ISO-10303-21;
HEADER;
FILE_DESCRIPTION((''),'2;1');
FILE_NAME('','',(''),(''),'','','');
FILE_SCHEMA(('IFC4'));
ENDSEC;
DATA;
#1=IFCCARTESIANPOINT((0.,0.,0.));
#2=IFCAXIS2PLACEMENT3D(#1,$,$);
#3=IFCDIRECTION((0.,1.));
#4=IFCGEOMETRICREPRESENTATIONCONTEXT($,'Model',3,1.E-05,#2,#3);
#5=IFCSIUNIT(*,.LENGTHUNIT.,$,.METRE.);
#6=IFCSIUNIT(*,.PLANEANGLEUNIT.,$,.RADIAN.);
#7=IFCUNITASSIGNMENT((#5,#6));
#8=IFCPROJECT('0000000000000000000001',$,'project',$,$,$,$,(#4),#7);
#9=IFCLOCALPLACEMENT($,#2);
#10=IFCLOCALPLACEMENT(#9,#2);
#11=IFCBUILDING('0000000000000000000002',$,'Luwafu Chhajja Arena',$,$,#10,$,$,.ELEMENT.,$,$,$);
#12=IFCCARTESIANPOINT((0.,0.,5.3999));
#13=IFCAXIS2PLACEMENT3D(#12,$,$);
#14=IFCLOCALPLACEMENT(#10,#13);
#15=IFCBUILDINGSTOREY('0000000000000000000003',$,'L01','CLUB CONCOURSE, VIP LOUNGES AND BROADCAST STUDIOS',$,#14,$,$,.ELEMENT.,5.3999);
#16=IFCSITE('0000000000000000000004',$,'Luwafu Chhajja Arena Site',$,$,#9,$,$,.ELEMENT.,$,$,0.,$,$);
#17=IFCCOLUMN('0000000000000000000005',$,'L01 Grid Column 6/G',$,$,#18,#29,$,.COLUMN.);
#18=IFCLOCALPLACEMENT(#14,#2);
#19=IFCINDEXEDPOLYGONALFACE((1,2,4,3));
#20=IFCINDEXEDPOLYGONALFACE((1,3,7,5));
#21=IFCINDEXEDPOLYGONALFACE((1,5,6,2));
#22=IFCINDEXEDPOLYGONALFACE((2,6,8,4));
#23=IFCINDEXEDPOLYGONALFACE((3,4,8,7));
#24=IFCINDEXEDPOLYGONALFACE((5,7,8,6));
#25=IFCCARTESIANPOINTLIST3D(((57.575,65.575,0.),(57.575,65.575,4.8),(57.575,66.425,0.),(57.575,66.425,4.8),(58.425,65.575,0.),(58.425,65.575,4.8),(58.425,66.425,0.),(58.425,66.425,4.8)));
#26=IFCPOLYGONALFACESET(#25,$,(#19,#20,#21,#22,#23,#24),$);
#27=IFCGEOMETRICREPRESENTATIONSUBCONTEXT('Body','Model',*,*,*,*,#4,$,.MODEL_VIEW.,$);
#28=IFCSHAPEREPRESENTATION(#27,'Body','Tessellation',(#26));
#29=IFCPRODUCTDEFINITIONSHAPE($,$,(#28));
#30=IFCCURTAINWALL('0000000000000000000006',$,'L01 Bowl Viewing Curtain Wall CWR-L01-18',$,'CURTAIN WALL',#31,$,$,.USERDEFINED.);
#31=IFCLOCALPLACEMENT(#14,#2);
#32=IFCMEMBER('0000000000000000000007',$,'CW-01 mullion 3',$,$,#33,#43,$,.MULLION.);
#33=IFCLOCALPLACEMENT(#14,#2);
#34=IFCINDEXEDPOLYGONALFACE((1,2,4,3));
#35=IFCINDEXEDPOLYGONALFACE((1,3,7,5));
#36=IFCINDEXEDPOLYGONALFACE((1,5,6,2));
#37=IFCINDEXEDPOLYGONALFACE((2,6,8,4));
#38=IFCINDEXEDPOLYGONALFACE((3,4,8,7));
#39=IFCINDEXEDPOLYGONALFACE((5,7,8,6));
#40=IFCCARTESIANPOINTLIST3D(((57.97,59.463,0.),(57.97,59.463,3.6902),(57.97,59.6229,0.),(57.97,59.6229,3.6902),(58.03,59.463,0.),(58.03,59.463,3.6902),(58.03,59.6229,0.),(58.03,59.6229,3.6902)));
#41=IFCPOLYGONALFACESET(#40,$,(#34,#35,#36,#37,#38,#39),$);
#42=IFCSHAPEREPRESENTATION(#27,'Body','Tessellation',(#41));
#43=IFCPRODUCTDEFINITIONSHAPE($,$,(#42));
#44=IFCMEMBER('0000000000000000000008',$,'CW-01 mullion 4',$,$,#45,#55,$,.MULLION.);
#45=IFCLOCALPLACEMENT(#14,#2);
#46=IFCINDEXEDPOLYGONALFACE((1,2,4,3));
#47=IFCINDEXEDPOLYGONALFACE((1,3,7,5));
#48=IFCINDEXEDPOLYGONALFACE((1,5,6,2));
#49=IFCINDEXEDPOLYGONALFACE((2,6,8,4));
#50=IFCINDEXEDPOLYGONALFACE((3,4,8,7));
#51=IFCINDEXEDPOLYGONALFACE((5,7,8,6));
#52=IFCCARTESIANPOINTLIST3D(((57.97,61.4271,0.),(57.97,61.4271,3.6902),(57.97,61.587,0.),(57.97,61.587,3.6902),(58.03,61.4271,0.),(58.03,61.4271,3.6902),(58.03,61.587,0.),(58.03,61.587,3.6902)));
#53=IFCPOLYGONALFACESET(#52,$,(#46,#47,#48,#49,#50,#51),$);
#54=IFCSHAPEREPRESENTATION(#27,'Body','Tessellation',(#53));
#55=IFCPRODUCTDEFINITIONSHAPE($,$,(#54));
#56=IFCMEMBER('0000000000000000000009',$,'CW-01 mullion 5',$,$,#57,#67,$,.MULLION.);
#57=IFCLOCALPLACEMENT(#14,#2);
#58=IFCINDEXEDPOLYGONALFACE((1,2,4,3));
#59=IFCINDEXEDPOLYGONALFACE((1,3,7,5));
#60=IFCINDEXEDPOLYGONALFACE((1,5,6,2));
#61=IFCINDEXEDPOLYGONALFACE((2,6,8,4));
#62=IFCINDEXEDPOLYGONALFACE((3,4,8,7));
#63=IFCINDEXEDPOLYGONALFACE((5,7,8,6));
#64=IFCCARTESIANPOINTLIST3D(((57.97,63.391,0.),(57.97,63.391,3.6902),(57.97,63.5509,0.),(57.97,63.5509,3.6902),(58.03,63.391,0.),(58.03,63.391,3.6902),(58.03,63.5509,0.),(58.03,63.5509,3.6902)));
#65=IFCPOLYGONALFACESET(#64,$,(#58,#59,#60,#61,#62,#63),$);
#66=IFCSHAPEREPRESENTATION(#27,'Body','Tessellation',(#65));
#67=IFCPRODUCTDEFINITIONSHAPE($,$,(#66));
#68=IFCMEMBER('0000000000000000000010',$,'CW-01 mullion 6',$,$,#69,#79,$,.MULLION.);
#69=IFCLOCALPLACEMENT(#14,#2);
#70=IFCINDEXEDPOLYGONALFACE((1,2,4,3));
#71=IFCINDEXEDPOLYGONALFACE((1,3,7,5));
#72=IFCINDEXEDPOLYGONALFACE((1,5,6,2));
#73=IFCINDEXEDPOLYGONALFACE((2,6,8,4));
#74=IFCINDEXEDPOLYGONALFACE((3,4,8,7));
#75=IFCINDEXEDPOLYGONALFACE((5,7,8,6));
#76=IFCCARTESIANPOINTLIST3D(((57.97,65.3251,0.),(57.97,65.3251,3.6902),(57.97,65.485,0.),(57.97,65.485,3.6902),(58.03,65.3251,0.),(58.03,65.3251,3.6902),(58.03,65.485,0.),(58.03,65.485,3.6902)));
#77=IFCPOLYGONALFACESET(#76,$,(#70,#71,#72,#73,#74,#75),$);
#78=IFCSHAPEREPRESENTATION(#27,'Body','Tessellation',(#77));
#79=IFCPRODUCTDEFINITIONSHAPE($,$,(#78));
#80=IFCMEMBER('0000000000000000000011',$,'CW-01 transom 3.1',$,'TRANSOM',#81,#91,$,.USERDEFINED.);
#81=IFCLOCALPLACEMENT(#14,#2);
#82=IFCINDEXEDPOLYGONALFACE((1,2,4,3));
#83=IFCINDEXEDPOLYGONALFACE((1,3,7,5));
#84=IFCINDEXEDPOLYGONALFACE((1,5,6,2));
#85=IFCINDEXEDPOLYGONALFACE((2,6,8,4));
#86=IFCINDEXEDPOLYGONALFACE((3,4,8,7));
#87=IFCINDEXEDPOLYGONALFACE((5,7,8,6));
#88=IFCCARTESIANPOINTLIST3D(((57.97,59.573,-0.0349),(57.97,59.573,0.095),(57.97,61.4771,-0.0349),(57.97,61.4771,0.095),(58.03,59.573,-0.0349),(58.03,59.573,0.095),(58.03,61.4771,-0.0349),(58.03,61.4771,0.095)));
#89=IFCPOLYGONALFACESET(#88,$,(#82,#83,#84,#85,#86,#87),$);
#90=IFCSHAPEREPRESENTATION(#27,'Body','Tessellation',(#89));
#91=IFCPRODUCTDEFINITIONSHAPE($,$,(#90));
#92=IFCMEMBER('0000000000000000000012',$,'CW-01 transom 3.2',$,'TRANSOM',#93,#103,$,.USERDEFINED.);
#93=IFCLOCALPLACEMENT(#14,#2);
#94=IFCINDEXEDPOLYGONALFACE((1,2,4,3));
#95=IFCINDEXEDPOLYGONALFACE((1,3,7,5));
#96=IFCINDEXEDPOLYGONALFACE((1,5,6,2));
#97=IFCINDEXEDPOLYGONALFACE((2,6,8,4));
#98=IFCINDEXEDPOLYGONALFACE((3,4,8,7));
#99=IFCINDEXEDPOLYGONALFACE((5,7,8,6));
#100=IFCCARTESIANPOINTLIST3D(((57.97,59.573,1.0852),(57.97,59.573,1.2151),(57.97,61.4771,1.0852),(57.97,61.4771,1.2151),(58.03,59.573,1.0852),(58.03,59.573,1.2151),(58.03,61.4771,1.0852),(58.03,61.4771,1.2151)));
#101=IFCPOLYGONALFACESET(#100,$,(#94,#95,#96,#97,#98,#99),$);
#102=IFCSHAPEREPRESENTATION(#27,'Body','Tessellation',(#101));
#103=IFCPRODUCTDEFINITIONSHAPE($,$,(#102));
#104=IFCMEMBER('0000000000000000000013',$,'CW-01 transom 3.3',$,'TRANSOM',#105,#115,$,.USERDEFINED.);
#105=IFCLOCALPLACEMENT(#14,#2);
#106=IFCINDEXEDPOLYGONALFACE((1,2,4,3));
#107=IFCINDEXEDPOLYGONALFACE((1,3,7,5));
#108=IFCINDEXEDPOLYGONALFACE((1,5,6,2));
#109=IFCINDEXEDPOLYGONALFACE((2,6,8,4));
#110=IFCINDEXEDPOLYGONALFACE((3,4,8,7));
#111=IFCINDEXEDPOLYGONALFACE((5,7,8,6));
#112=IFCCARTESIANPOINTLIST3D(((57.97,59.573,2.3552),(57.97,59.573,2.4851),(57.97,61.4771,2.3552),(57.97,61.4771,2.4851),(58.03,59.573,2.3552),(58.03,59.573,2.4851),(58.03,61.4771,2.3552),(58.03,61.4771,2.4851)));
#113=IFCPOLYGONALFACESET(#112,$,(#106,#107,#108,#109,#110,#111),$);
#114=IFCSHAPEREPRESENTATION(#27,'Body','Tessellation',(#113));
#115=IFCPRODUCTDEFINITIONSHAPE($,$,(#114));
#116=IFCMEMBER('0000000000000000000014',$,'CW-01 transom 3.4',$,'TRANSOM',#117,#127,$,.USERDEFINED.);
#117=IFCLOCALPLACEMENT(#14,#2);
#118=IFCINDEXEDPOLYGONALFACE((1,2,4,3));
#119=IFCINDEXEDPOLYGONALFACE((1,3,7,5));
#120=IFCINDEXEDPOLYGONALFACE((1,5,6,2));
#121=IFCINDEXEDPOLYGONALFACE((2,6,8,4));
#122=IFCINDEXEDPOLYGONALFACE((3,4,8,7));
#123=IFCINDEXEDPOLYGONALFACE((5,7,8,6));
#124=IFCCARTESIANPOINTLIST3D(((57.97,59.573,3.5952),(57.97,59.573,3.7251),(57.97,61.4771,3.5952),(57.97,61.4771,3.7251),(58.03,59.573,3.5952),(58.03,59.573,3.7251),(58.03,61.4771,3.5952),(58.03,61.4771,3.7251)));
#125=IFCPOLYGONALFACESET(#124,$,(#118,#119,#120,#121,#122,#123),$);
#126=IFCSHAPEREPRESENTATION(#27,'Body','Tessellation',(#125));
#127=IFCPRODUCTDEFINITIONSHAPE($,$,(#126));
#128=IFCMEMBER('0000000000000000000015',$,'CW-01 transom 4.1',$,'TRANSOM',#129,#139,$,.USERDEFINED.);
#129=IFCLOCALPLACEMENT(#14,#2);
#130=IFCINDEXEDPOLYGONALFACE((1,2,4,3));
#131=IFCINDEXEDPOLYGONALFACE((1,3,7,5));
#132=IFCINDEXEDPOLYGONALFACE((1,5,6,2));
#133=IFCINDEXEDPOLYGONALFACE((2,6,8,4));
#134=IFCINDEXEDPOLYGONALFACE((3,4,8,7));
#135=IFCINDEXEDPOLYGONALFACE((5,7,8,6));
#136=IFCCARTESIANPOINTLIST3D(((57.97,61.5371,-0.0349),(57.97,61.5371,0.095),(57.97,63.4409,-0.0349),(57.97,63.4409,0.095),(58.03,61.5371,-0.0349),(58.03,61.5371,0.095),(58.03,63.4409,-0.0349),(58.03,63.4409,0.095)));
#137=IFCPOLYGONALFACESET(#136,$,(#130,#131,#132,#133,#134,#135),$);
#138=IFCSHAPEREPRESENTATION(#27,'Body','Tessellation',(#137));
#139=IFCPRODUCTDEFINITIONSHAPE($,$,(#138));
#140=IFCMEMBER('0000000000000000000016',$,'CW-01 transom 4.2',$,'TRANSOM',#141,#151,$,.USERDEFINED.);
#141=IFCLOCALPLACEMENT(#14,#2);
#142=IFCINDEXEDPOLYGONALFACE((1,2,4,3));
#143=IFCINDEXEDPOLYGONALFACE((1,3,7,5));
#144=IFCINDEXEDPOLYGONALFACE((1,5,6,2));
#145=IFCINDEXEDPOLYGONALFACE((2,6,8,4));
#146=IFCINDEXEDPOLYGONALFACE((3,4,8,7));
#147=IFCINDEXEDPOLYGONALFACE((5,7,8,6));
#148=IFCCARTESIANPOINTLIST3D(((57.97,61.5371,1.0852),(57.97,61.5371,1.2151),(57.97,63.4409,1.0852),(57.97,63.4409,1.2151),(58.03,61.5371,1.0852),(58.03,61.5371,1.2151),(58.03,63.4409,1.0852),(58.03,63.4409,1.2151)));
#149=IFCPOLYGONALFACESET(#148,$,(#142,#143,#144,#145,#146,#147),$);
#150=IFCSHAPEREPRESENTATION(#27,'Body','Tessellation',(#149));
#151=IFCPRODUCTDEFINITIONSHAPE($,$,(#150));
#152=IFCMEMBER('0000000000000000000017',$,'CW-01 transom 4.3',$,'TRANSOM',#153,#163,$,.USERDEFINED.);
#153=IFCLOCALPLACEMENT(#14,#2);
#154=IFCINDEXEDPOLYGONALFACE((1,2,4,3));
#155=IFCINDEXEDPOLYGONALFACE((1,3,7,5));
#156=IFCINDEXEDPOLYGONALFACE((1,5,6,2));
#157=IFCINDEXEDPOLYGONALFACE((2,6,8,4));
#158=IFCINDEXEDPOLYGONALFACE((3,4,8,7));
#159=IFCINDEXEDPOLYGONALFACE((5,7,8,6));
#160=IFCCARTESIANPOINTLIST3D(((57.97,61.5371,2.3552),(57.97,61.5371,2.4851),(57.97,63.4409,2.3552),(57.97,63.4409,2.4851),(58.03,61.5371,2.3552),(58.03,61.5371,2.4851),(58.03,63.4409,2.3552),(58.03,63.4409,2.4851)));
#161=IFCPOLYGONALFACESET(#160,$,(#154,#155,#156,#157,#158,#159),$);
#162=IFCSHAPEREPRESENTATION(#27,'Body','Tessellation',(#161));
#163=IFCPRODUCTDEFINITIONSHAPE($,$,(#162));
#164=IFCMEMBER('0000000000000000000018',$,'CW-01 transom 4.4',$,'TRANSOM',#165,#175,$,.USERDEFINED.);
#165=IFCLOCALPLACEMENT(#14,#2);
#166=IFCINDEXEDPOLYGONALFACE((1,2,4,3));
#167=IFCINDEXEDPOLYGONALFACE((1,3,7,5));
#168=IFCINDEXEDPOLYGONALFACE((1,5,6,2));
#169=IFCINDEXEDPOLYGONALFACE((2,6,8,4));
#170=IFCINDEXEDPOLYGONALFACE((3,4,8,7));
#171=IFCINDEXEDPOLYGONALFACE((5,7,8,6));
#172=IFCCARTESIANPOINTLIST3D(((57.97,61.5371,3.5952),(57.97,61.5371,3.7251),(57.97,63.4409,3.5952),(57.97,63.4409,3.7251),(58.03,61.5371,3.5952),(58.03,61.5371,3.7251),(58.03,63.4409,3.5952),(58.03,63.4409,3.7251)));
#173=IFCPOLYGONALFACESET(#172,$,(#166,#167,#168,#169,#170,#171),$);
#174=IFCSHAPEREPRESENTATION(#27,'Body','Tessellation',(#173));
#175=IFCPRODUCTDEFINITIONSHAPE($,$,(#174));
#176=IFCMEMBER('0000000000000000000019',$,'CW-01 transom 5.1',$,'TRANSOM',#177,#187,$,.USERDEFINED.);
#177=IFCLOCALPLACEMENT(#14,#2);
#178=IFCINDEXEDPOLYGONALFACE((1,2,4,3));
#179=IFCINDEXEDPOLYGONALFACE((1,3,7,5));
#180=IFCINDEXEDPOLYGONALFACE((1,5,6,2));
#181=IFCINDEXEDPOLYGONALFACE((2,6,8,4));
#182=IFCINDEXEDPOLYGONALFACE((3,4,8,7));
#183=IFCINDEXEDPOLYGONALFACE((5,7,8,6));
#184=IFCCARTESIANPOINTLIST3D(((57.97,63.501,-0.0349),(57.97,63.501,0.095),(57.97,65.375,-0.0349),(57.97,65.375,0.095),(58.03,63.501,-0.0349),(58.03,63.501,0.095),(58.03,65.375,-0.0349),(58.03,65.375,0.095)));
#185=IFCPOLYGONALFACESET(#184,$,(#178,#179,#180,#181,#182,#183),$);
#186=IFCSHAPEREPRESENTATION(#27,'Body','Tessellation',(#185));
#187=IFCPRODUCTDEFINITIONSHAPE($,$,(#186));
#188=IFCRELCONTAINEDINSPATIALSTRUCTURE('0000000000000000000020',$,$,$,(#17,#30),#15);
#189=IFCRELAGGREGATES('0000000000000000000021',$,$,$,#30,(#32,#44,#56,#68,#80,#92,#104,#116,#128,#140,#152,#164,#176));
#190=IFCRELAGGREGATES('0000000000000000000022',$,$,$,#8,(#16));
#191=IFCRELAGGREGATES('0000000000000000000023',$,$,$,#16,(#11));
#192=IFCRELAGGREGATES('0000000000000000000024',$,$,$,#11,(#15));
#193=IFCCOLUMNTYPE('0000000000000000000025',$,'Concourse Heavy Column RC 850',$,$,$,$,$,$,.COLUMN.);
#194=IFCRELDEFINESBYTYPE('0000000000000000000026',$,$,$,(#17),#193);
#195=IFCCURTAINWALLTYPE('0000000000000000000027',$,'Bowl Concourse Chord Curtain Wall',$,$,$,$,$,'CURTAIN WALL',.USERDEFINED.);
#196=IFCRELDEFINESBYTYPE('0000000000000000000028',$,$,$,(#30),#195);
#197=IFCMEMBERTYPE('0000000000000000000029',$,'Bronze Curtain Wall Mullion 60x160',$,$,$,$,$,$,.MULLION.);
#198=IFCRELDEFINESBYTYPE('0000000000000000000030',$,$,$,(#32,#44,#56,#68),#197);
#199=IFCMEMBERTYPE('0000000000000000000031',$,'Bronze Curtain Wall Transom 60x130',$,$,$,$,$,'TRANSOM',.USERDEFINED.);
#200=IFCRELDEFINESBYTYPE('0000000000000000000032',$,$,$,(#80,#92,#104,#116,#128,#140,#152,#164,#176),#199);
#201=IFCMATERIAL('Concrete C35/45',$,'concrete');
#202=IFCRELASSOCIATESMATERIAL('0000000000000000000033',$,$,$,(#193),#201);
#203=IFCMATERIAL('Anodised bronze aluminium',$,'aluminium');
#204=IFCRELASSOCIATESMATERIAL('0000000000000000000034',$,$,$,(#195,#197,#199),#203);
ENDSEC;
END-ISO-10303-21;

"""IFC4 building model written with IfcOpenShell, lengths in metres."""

from ifc_helpers import new_model, si_unit, direction, frame, origin, origin_2d, place, context, subcontext, project, spatial, rectangle, extrude, material, material_profile, profile_set, type_object, element, aggregate, save


model = new_model("IFC4")

# Units and contexts
model_context = context("Model", 3, precision=1e-05, world=origin(), true_north=direction((0.0, 1.0)))
body_context = subcontext(model_context, "Body", "Model", "MODEL_VIEW")
ifc_project = project(units=[si_unit("LENGTHUNIT", "METRE"), si_unit("PLANEANGLEUNIT", "RADIAN")], contexts=[model_context])

# Site, building, storey
site_placement = place(None, origin())
site = spatial("IfcSite", under=ifc_project, at=site_placement, Name="Luwafu Chhajja Arena Site", CompositionType="ELEMENT", RefElevation=0.0)
building_placement = place(site_placement, origin())
building = spatial("IfcBuilding", under=site, at=building_placement, Name="Luwafu Chhajja Arena", CompositionType="ELEMENT")
storey_placement = place(building_placement, frame((0.0, 0.0, 5.3999)))
storey = spatial("IfcBuildingStorey", under=building, at=storey_placement, Name="L01", Description="CLUB CONCOURSE, VIP LOUNGES AND BROADCAST STUDIOS", CompositionType="ELEMENT", Elevation=5.3999)

# Column
ifc_material_1 = material(Name="Concrete C35/45", Category="concrete")
ifc_material_profile_1 = material_profile(ifc_material_1, rectangle(XDim=0.8501, YDim=0.8501, at=origin_2d()), Name="RC 850x850")
ifc_profile_set_1 = profile_set([ifc_material_profile_1], Name="Concrete C35/45")
column_type = type_object("IfcColumnType", Name="Concourse Heavy Column RC 850", PredefinedType="COLUMN", material=ifc_profile_set_1)
column_placement = place(storey_placement, frame((58.0, 66.0, 0.0), z_axis=(0.0, 0.0, 1.0), x_axis=(1.0, 0.0, 0.0)))
element("IfcColumn", 1, at=column_placement, inside=storey, type_object=column_type, Name="L01 Grid Column 6/G", PredefinedType="COLUMN", context=body_context, shape_type="SweptSolid", body=[
    extrude(rectangle(XDim=0.8501, YDim=0.8501, at=origin_2d()), origin(), (0.0, 0.0, 1.0), 4.8),
])

# Curtain wall, members
ifc_material_2 = material(Name="Anodised bronze aluminium", Category="aluminium")
curtain_wall_type = type_object("IfcCurtainWallType", Name="Bowl Concourse Chord Curtain Wall", ElementType="CURTAIN WALL", PredefinedType="USERDEFINED", material=ifc_material_2)
curtain_wall_placement = place(storey_placement, origin())
curtain_wall = element("IfcCurtainWall", 2, at=curtain_wall_placement, inside=storey, type_object=curtain_wall_type, Name="L01 Bowl Viewing Curtain Wall CWR-L01-18", ObjectType="CURTAIN WALL", PredefinedType="USERDEFINED")
ifc_material_profile_2 = material_profile(ifc_material_2, rectangle(XDim=0.0601, YDim=0.1599, at=origin_2d()), Name="CWM 60x160")
ifc_profile_set_2 = profile_set([ifc_material_profile_2], Name="Anodised bronze aluminium")
member_type_1 = type_object("IfcMemberType", Name="Bronze Curtain Wall Mullion 60x160", PredefinedType="MULLION", material=ifc_profile_set_2)
member_1_placement = place(storey_placement, frame((58.0, 59.543, 0.0), z_axis=(0.0, 0.0, 1.0), x_axis=(-1.0, 0.0, 0.0)))
member_1 = element("IfcMember", 3, at=member_1_placement, type_object=member_type_1, Name="CW-01 mullion 3", PredefinedType="MULLION", context=body_context, shape_type="SweptSolid", body=[
    extrude(rectangle(XDim=0.0601, YDim=0.1599, at=origin_2d()), origin(), (0.0, 0.0, 1.0), 3.6902),
])
member_2_placement = place(storey_placement, frame((58.0, 61.5071, 0.0), z_axis=(0.0, 0.0, 1.0), x_axis=(-1.0, 0.0, 0.0)))
member_2 = element("IfcMember", 4, at=member_2_placement, type_object=member_type_1, Name="CW-01 mullion 4", PredefinedType="MULLION", context=body_context, shape_type="SweptSolid", body=[
    extrude(rectangle(XDim=0.0601, YDim=0.1599, at=origin_2d()), origin(), (0.0, 0.0, 1.0), 3.6902),
])
member_3_placement = place(storey_placement, frame((58.0, 63.4709, 0.0), z_axis=(0.0, 0.0, 1.0), x_axis=(-1.0, 0.0, 0.0)))
member_3 = element("IfcMember", 5, at=member_3_placement, type_object=member_type_1, Name="CW-01 mullion 5", PredefinedType="MULLION", context=body_context, shape_type="SweptSolid", body=[
    extrude(rectangle(XDim=0.0601, YDim=0.1599, at=origin_2d()), origin(), (0.0, 0.0, 1.0), 3.6902),
])
member_4_placement = place(storey_placement, frame((58.0, 65.405, 0.0), z_axis=(0.0, 0.0, 1.0), x_axis=(-1.0, 0.0, 0.0)))
member_4 = element("IfcMember", 6, at=member_4_placement, type_object=member_type_1, Name="CW-01 mullion 6", PredefinedType="MULLION", context=body_context, shape_type="SweptSolid", body=[
    extrude(rectangle(XDim=0.0601, YDim=0.1599, at=origin_2d()), origin(), (0.0, 0.0, 1.0), 3.6902),
])
ifc_material_profile_3 = material_profile(ifc_material_2, rectangle(XDim=0.0601, YDim=0.1299, at=origin_2d()), Name="CWT 60x130")
ifc_profile_set_3 = profile_set([ifc_material_profile_3], Name="Anodised bronze aluminium")
member_type_2 = type_object("IfcMemberType", Name="Bronze Curtain Wall Transom 60x130", ElementType="TRANSOM", PredefinedType="USERDEFINED", material=ifc_profile_set_3)
member_5_placement = place(storey_placement, frame((58.0, 59.573, 0.03), z_axis=(0.0, 1.0, 0.0), x_axis=(-1.0, 0.0, 0.0)))
member_5 = element("IfcMember", 7, at=member_5_placement, type_object=member_type_2, Name="CW-01 transom 3.1", ObjectType="TRANSOM", PredefinedType="USERDEFINED", context=body_context, shape_type="SweptSolid", body=[
    extrude(rectangle(XDim=0.0601, YDim=0.1299, at=origin_2d()), origin(), (0.0, 0.0, 1.0), 1.9041),
])
member_6_placement = place(storey_placement, frame((58.0, 59.573, 1.1501), z_axis=(0.0, 1.0, 0.0), x_axis=(-1.0, 0.0, 0.0)))
member_6 = element("IfcMember", 8, at=member_6_placement, type_object=member_type_2, Name="CW-01 transom 3.2", ObjectType="TRANSOM", PredefinedType="USERDEFINED", context=body_context, shape_type="SweptSolid", body=[
    extrude(rectangle(XDim=0.0601, YDim=0.1299, at=origin_2d()), origin(), (0.0, 0.0, 1.0), 1.9041),
])
member_7_placement = place(storey_placement, frame((58.0, 59.573, 2.4202), z_axis=(0.0, 1.0, 0.0), x_axis=(-1.0, 0.0, 0.0)))
member_7 = element("IfcMember", 9, at=member_7_placement, type_object=member_type_2, Name="CW-01 transom 3.3", ObjectType="TRANSOM", PredefinedType="USERDEFINED", context=body_context, shape_type="SweptSolid", body=[
    extrude(rectangle(XDim=0.0601, YDim=0.1299, at=origin_2d()), origin(), (0.0, 0.0, 1.0), 1.9041),
])
member_8_placement = place(storey_placement, frame((58.0, 59.573, 3.6602), z_axis=(0.0, 1.0, 0.0), x_axis=(-1.0, 0.0, 0.0)))
member_8 = element("IfcMember", 10, at=member_8_placement, type_object=member_type_2, Name="CW-01 transom 3.4", ObjectType="TRANSOM", PredefinedType="USERDEFINED", context=body_context, shape_type="SweptSolid", body=[
    extrude(rectangle(XDim=0.0601, YDim=0.1299, at=origin_2d()), origin(), (0.0, 0.0, 1.0), 1.9041),
])
member_9_placement = place(storey_placement, frame((58.0, 61.5371, 0.03), z_axis=(0.0, 1.0, 0.0), x_axis=(-1.0, 0.0, 0.0)))
member_9 = element("IfcMember", 11, at=member_9_placement, type_object=member_type_2, Name="CW-01 transom 4.1", ObjectType="TRANSOM", PredefinedType="USERDEFINED", context=body_context, shape_type="SweptSolid", body=[
    extrude(rectangle(XDim=0.0601, YDim=0.1299, at=origin_2d()), origin(), (0.0, 0.0, 1.0), 1.9038),
])
member_10_placement = place(storey_placement, frame((58.0, 61.5371, 1.1501), z_axis=(0.0, 1.0, 0.0), x_axis=(-1.0, 0.0, 0.0)))
member_10 = element("IfcMember", 12, at=member_10_placement, type_object=member_type_2, Name="CW-01 transom 4.2", ObjectType="TRANSOM", PredefinedType="USERDEFINED", context=body_context, shape_type="SweptSolid", body=[
    extrude(rectangle(XDim=0.0601, YDim=0.1299, at=origin_2d()), origin(), (0.0, 0.0, 1.0), 1.9038),
])
member_11_placement = place(storey_placement, frame((58.0, 61.5371, 2.4202), z_axis=(0.0, 1.0, 0.0), x_axis=(-1.0, 0.0, 0.0)))
member_11 = element("IfcMember", 13, at=member_11_placement, type_object=member_type_2, Name="CW-01 transom 4.3", ObjectType="TRANSOM", PredefinedType="USERDEFINED", context=body_context, shape_type="SweptSolid", body=[
    extrude(rectangle(XDim=0.0601, YDim=0.1299, at=origin_2d()), origin(), (0.0, 0.0, 1.0), 1.9038),
])
member_12_placement = place(storey_placement, frame((58.0, 61.5371, 3.6602), z_axis=(0.0, 1.0, 0.0), x_axis=(-1.0, 0.0, 0.0)))
member_12 = element("IfcMember", 14, at=member_12_placement, type_object=member_type_2, Name="CW-01 transom 4.4", ObjectType="TRANSOM", PredefinedType="USERDEFINED", context=body_context, shape_type="SweptSolid", body=[
    extrude(rectangle(XDim=0.0601, YDim=0.1299, at=origin_2d()), origin(), (0.0, 0.0, 1.0), 1.9038),
])
member_13_placement = place(storey_placement, frame((58.0, 63.501, 0.03), z_axis=(0.0, 1.0, 0.0), x_axis=(-1.0, 0.0, 0.0)))
member_13 = element("IfcMember", 15, at=member_13_placement, type_object=member_type_2, Name="CW-01 transom 5.1", ObjectType="TRANSOM", PredefinedType="USERDEFINED", context=body_context, shape_type="SweptSolid", body=[
    extrude(rectangle(XDim=0.0601, YDim=0.1299, at=origin_2d()), origin(), (0.0, 0.0, 1.0), 1.874),
])
aggregate(curtain_wall, [member_1, member_2, member_3, member_4, member_5, member_6, member_7, member_8, member_9, member_10, member_11, member_12, member_13])

save(model, "model.ifc")
